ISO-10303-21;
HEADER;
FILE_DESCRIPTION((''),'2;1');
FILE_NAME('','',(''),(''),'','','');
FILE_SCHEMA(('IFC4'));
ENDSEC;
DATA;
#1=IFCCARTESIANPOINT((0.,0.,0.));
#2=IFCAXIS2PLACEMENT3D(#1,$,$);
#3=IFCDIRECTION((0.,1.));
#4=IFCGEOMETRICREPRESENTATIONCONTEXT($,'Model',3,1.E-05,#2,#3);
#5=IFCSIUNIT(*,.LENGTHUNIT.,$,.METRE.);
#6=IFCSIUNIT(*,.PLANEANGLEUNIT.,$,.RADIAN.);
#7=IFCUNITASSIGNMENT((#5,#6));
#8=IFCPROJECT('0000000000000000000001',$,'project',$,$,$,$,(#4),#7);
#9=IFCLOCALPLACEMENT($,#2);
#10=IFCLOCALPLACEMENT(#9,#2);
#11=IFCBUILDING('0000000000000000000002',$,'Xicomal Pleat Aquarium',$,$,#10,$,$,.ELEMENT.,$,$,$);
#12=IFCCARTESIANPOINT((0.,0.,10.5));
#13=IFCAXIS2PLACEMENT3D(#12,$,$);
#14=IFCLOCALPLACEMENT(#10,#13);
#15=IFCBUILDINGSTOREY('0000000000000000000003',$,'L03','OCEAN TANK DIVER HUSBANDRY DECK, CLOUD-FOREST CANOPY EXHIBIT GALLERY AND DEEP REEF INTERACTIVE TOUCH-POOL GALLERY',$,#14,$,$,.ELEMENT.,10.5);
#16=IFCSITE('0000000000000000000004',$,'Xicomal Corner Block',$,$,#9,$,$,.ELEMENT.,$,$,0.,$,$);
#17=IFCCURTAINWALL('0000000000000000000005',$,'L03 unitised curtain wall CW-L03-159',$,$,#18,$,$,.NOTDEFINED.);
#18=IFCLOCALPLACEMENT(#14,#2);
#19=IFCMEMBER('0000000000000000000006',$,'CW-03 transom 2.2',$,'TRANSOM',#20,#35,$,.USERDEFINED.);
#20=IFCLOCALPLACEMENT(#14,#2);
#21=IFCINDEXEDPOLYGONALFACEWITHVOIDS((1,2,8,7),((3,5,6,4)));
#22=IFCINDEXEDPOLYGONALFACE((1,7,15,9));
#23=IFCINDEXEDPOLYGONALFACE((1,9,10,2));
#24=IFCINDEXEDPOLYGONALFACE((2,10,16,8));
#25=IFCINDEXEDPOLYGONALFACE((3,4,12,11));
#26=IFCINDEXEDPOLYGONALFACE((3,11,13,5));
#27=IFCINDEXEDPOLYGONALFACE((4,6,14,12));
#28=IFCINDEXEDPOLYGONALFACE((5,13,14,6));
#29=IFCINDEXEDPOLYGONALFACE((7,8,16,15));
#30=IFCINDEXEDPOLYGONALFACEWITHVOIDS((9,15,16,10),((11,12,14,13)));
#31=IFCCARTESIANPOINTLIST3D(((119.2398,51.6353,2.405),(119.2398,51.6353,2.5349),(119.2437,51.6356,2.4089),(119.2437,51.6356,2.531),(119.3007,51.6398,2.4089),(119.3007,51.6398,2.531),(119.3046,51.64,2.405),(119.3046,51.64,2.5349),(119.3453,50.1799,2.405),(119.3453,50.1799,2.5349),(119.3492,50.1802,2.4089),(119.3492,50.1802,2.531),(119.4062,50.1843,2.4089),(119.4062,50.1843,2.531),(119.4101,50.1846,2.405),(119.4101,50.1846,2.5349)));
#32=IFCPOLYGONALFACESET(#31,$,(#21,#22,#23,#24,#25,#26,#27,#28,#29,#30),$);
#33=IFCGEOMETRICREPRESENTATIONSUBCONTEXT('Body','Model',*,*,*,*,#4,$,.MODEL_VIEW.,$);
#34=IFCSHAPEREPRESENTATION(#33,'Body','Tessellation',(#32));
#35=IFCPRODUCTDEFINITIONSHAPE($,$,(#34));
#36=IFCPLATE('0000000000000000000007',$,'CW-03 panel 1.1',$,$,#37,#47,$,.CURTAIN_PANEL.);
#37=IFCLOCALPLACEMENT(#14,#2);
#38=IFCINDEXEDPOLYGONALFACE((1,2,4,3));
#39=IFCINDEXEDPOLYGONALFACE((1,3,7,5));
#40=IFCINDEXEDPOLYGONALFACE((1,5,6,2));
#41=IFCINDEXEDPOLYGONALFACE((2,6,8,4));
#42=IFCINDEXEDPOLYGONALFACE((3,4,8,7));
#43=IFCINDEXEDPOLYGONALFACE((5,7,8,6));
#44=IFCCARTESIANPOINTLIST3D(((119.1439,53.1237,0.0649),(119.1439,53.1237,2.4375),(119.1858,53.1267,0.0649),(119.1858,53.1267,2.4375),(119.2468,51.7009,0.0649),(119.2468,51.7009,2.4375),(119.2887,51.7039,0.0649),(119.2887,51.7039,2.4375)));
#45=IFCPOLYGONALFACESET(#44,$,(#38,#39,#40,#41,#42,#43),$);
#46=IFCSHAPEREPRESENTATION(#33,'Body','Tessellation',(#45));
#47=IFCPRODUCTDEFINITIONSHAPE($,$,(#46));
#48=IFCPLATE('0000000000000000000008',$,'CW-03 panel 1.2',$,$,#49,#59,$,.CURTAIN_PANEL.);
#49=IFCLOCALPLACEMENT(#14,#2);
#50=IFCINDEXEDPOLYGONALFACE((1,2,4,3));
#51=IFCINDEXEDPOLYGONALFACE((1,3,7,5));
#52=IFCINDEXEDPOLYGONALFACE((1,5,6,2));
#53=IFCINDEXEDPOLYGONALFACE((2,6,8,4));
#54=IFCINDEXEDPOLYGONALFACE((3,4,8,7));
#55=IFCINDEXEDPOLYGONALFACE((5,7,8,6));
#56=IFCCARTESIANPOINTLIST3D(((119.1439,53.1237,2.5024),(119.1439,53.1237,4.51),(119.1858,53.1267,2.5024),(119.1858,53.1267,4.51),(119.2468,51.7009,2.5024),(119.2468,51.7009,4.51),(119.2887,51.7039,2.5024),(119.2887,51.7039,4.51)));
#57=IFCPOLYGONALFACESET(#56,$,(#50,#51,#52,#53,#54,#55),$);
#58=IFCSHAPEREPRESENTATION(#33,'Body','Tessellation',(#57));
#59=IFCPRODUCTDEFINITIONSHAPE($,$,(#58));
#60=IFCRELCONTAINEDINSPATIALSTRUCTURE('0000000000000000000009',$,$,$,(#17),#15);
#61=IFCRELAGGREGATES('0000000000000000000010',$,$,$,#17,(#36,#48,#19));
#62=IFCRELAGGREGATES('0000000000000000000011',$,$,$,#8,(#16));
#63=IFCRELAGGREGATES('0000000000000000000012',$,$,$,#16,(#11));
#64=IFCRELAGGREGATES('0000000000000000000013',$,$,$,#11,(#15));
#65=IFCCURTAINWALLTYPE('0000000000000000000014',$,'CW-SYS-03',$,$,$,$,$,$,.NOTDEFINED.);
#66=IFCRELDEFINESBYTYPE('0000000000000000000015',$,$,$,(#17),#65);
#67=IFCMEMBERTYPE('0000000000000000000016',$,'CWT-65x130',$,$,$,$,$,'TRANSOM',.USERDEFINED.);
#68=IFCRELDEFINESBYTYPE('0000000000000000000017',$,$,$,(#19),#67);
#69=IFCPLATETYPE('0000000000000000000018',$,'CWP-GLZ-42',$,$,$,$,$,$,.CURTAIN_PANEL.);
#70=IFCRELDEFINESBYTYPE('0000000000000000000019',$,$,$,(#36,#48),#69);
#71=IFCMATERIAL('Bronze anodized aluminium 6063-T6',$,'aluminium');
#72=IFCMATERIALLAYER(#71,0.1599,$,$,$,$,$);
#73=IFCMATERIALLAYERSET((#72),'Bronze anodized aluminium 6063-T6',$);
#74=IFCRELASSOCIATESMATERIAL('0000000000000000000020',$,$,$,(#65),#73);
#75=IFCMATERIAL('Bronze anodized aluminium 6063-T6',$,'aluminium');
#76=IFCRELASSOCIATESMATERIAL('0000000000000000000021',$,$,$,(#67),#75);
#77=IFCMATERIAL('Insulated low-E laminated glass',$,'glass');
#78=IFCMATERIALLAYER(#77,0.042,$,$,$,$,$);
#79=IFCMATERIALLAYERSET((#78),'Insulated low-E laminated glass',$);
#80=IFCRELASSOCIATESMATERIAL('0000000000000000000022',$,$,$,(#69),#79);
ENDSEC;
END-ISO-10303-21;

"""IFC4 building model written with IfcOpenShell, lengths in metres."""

from ifc_helpers import new_model, si_unit, direction, frame, origin, origin_2d, place, context, subcontext, project, spatial, rectangle, hollow_rectangle, extrude, material, layer, layer_set, material_profile, profile_set, type_object, element, aggregate, save


model = new_model("IFC4")

# Units and contexts
model_context = context("Model", 3, precision=1e-05, world=origin(), true_north=direction((0.0, 1.0)))
body_context = subcontext(model_context, "Body", "Model", "MODEL_VIEW")
ifc_project = project(units=[si_unit("LENGTHUNIT", "METRE"), si_unit("PLANEANGLEUNIT", "RADIAN")], contexts=[model_context])

# Site, building, storey
site_placement = place(None, origin())
site = spatial("IfcSite", under=ifc_project, at=site_placement, Name="Xicomal Corner Block", CompositionType="ELEMENT", RefElevation=0.0)
building_placement = place(site_placement, origin())
building = spatial("IfcBuilding", under=site, at=building_placement, Name="Xicomal Pleat Aquarium", CompositionType="ELEMENT")
storey_placement = place(building_placement, frame((0.0, 0.0, 10.5)))
storey = spatial("IfcBuildingStorey", under=building, at=storey_placement, Name="L03", Description="OCEAN TANK DIVER HUSBANDRY DECK, CLOUD-FOREST CANOPY EXHIBIT GALLERY AND DEEP REEF INTERACTIVE TOUCH-POOL GALLERY", CompositionType="ELEMENT", Elevation=10.5)

# Curtain wall, member, plates
ifc_material_1 = material(Name="Bronze anodized aluminium 6063-T6", Category="aluminium")
ifc_layer_1 = layer(ifc_material_1, 0.1599)
ifc_layer_set_1 = layer_set([ifc_layer_1], Name="Bronze anodized aluminium 6063-T6")
curtain_wall_type = type_object("IfcCurtainWallType", Name="CW-SYS-03", PredefinedType="NOTDEFINED", material=ifc_layer_set_1)
curtain_wall_placement = place(storey_placement, origin())
curtain_wall = element("IfcCurtainWall", 1, at=curtain_wall_placement, inside=storey, type_object=curtain_wall_type, Name="L03 unitised curtain wall CW-L03-159", PredefinedType="NOTDEFINED")
ifc_material_2 = material(Name="Bronze anodized aluminium 6063-T6", Category="aluminium")
ifc_material_profile_1 = material_profile(ifc_material_2, hollow_rectangle(XDim=0.0649, YDim=0.1299, WallThickness=0.0039, at=origin_2d()), Name="ALU TRAN 65x130")
ifc_profile_set_1 = profile_set([ifc_material_profile_1], Name="Bronze anodized aluminium 6063-T6")
member_type_1 = type_object("IfcMemberType", Name="CWT-65x130", ElementType="TRANSOM", PredefinedType="USERDEFINED", material=ifc_profile_set_1)
member_1_placement = place(storey_placement, frame((119.2722, 51.6377, 2.47), z_axis=(0.072281, -0.997384, 0.0), x_axis=(0.997384, 0.072281, 0.0)))
member_1 = element("IfcMember", 2, at=member_1_placement, type_object=member_type_1, Name="CW-03 transom 2.2", ObjectType="TRANSOM", PredefinedType="USERDEFINED", context=body_context, shape_type="SweptSolid", body=[
    extrude(hollow_rectangle(XDim=0.0649, YDim=0.1299, WallThickness=0.0039, at=origin_2d()), origin(), (0.0, 0.0, 1.0), 1.4592),
])
ifc_material_3 = material(Name="Insulated low-E laminated glass", Category="glass")
ifc_layer_2 = layer(ifc_material_3, 0.042)
ifc_layer_set_2 = layer_set([ifc_layer_2], Name="Insulated low-E laminated glass")
plate_type = type_object("IfcPlateType", Name="CWP-GLZ-42", PredefinedType="CURTAIN_PANEL", material=ifc_layer_set_2)
plate_1_placement = place(storey_placement, frame((119.2163, 52.4138, 0.0649), z_axis=(0.0, 0.0, 1.0), x_axis=(0.07218, -0.997392, 0.0)))
plate_1 = element("IfcPlate", 3, at=plate_1_placement, type_object=plate_type, Name="CW-03 panel 1.1", PredefinedType="CURTAIN_PANEL", context=body_context, shape_type="SweptSolid", body=[
    extrude(rectangle(XDim=1.4265, YDim=0.042, at=origin_2d()), origin(), (0.0, 0.0, 1.0), 2.3726),
])
plate_2_placement = place(storey_placement, frame((119.2163, 52.4138, 2.5024), z_axis=(0.0, 0.0, 1.0), x_axis=(0.07218, -0.997392, 0.0)))
plate_2 = element("IfcPlate", 4, at=plate_2_placement, type_object=plate_type, Name="CW-03 panel 1.2", PredefinedType="CURTAIN_PANEL", context=body_context, shape_type="SweptSolid", body=[
    extrude(rectangle(XDim=1.4265, YDim=0.042, at=origin_2d()), origin(), (0.0, 0.0, 1.0), 2.0076),
])
aggregate(curtain_wall, [plate_1, plate_2, member_1])

save(model, "model.ifc")
